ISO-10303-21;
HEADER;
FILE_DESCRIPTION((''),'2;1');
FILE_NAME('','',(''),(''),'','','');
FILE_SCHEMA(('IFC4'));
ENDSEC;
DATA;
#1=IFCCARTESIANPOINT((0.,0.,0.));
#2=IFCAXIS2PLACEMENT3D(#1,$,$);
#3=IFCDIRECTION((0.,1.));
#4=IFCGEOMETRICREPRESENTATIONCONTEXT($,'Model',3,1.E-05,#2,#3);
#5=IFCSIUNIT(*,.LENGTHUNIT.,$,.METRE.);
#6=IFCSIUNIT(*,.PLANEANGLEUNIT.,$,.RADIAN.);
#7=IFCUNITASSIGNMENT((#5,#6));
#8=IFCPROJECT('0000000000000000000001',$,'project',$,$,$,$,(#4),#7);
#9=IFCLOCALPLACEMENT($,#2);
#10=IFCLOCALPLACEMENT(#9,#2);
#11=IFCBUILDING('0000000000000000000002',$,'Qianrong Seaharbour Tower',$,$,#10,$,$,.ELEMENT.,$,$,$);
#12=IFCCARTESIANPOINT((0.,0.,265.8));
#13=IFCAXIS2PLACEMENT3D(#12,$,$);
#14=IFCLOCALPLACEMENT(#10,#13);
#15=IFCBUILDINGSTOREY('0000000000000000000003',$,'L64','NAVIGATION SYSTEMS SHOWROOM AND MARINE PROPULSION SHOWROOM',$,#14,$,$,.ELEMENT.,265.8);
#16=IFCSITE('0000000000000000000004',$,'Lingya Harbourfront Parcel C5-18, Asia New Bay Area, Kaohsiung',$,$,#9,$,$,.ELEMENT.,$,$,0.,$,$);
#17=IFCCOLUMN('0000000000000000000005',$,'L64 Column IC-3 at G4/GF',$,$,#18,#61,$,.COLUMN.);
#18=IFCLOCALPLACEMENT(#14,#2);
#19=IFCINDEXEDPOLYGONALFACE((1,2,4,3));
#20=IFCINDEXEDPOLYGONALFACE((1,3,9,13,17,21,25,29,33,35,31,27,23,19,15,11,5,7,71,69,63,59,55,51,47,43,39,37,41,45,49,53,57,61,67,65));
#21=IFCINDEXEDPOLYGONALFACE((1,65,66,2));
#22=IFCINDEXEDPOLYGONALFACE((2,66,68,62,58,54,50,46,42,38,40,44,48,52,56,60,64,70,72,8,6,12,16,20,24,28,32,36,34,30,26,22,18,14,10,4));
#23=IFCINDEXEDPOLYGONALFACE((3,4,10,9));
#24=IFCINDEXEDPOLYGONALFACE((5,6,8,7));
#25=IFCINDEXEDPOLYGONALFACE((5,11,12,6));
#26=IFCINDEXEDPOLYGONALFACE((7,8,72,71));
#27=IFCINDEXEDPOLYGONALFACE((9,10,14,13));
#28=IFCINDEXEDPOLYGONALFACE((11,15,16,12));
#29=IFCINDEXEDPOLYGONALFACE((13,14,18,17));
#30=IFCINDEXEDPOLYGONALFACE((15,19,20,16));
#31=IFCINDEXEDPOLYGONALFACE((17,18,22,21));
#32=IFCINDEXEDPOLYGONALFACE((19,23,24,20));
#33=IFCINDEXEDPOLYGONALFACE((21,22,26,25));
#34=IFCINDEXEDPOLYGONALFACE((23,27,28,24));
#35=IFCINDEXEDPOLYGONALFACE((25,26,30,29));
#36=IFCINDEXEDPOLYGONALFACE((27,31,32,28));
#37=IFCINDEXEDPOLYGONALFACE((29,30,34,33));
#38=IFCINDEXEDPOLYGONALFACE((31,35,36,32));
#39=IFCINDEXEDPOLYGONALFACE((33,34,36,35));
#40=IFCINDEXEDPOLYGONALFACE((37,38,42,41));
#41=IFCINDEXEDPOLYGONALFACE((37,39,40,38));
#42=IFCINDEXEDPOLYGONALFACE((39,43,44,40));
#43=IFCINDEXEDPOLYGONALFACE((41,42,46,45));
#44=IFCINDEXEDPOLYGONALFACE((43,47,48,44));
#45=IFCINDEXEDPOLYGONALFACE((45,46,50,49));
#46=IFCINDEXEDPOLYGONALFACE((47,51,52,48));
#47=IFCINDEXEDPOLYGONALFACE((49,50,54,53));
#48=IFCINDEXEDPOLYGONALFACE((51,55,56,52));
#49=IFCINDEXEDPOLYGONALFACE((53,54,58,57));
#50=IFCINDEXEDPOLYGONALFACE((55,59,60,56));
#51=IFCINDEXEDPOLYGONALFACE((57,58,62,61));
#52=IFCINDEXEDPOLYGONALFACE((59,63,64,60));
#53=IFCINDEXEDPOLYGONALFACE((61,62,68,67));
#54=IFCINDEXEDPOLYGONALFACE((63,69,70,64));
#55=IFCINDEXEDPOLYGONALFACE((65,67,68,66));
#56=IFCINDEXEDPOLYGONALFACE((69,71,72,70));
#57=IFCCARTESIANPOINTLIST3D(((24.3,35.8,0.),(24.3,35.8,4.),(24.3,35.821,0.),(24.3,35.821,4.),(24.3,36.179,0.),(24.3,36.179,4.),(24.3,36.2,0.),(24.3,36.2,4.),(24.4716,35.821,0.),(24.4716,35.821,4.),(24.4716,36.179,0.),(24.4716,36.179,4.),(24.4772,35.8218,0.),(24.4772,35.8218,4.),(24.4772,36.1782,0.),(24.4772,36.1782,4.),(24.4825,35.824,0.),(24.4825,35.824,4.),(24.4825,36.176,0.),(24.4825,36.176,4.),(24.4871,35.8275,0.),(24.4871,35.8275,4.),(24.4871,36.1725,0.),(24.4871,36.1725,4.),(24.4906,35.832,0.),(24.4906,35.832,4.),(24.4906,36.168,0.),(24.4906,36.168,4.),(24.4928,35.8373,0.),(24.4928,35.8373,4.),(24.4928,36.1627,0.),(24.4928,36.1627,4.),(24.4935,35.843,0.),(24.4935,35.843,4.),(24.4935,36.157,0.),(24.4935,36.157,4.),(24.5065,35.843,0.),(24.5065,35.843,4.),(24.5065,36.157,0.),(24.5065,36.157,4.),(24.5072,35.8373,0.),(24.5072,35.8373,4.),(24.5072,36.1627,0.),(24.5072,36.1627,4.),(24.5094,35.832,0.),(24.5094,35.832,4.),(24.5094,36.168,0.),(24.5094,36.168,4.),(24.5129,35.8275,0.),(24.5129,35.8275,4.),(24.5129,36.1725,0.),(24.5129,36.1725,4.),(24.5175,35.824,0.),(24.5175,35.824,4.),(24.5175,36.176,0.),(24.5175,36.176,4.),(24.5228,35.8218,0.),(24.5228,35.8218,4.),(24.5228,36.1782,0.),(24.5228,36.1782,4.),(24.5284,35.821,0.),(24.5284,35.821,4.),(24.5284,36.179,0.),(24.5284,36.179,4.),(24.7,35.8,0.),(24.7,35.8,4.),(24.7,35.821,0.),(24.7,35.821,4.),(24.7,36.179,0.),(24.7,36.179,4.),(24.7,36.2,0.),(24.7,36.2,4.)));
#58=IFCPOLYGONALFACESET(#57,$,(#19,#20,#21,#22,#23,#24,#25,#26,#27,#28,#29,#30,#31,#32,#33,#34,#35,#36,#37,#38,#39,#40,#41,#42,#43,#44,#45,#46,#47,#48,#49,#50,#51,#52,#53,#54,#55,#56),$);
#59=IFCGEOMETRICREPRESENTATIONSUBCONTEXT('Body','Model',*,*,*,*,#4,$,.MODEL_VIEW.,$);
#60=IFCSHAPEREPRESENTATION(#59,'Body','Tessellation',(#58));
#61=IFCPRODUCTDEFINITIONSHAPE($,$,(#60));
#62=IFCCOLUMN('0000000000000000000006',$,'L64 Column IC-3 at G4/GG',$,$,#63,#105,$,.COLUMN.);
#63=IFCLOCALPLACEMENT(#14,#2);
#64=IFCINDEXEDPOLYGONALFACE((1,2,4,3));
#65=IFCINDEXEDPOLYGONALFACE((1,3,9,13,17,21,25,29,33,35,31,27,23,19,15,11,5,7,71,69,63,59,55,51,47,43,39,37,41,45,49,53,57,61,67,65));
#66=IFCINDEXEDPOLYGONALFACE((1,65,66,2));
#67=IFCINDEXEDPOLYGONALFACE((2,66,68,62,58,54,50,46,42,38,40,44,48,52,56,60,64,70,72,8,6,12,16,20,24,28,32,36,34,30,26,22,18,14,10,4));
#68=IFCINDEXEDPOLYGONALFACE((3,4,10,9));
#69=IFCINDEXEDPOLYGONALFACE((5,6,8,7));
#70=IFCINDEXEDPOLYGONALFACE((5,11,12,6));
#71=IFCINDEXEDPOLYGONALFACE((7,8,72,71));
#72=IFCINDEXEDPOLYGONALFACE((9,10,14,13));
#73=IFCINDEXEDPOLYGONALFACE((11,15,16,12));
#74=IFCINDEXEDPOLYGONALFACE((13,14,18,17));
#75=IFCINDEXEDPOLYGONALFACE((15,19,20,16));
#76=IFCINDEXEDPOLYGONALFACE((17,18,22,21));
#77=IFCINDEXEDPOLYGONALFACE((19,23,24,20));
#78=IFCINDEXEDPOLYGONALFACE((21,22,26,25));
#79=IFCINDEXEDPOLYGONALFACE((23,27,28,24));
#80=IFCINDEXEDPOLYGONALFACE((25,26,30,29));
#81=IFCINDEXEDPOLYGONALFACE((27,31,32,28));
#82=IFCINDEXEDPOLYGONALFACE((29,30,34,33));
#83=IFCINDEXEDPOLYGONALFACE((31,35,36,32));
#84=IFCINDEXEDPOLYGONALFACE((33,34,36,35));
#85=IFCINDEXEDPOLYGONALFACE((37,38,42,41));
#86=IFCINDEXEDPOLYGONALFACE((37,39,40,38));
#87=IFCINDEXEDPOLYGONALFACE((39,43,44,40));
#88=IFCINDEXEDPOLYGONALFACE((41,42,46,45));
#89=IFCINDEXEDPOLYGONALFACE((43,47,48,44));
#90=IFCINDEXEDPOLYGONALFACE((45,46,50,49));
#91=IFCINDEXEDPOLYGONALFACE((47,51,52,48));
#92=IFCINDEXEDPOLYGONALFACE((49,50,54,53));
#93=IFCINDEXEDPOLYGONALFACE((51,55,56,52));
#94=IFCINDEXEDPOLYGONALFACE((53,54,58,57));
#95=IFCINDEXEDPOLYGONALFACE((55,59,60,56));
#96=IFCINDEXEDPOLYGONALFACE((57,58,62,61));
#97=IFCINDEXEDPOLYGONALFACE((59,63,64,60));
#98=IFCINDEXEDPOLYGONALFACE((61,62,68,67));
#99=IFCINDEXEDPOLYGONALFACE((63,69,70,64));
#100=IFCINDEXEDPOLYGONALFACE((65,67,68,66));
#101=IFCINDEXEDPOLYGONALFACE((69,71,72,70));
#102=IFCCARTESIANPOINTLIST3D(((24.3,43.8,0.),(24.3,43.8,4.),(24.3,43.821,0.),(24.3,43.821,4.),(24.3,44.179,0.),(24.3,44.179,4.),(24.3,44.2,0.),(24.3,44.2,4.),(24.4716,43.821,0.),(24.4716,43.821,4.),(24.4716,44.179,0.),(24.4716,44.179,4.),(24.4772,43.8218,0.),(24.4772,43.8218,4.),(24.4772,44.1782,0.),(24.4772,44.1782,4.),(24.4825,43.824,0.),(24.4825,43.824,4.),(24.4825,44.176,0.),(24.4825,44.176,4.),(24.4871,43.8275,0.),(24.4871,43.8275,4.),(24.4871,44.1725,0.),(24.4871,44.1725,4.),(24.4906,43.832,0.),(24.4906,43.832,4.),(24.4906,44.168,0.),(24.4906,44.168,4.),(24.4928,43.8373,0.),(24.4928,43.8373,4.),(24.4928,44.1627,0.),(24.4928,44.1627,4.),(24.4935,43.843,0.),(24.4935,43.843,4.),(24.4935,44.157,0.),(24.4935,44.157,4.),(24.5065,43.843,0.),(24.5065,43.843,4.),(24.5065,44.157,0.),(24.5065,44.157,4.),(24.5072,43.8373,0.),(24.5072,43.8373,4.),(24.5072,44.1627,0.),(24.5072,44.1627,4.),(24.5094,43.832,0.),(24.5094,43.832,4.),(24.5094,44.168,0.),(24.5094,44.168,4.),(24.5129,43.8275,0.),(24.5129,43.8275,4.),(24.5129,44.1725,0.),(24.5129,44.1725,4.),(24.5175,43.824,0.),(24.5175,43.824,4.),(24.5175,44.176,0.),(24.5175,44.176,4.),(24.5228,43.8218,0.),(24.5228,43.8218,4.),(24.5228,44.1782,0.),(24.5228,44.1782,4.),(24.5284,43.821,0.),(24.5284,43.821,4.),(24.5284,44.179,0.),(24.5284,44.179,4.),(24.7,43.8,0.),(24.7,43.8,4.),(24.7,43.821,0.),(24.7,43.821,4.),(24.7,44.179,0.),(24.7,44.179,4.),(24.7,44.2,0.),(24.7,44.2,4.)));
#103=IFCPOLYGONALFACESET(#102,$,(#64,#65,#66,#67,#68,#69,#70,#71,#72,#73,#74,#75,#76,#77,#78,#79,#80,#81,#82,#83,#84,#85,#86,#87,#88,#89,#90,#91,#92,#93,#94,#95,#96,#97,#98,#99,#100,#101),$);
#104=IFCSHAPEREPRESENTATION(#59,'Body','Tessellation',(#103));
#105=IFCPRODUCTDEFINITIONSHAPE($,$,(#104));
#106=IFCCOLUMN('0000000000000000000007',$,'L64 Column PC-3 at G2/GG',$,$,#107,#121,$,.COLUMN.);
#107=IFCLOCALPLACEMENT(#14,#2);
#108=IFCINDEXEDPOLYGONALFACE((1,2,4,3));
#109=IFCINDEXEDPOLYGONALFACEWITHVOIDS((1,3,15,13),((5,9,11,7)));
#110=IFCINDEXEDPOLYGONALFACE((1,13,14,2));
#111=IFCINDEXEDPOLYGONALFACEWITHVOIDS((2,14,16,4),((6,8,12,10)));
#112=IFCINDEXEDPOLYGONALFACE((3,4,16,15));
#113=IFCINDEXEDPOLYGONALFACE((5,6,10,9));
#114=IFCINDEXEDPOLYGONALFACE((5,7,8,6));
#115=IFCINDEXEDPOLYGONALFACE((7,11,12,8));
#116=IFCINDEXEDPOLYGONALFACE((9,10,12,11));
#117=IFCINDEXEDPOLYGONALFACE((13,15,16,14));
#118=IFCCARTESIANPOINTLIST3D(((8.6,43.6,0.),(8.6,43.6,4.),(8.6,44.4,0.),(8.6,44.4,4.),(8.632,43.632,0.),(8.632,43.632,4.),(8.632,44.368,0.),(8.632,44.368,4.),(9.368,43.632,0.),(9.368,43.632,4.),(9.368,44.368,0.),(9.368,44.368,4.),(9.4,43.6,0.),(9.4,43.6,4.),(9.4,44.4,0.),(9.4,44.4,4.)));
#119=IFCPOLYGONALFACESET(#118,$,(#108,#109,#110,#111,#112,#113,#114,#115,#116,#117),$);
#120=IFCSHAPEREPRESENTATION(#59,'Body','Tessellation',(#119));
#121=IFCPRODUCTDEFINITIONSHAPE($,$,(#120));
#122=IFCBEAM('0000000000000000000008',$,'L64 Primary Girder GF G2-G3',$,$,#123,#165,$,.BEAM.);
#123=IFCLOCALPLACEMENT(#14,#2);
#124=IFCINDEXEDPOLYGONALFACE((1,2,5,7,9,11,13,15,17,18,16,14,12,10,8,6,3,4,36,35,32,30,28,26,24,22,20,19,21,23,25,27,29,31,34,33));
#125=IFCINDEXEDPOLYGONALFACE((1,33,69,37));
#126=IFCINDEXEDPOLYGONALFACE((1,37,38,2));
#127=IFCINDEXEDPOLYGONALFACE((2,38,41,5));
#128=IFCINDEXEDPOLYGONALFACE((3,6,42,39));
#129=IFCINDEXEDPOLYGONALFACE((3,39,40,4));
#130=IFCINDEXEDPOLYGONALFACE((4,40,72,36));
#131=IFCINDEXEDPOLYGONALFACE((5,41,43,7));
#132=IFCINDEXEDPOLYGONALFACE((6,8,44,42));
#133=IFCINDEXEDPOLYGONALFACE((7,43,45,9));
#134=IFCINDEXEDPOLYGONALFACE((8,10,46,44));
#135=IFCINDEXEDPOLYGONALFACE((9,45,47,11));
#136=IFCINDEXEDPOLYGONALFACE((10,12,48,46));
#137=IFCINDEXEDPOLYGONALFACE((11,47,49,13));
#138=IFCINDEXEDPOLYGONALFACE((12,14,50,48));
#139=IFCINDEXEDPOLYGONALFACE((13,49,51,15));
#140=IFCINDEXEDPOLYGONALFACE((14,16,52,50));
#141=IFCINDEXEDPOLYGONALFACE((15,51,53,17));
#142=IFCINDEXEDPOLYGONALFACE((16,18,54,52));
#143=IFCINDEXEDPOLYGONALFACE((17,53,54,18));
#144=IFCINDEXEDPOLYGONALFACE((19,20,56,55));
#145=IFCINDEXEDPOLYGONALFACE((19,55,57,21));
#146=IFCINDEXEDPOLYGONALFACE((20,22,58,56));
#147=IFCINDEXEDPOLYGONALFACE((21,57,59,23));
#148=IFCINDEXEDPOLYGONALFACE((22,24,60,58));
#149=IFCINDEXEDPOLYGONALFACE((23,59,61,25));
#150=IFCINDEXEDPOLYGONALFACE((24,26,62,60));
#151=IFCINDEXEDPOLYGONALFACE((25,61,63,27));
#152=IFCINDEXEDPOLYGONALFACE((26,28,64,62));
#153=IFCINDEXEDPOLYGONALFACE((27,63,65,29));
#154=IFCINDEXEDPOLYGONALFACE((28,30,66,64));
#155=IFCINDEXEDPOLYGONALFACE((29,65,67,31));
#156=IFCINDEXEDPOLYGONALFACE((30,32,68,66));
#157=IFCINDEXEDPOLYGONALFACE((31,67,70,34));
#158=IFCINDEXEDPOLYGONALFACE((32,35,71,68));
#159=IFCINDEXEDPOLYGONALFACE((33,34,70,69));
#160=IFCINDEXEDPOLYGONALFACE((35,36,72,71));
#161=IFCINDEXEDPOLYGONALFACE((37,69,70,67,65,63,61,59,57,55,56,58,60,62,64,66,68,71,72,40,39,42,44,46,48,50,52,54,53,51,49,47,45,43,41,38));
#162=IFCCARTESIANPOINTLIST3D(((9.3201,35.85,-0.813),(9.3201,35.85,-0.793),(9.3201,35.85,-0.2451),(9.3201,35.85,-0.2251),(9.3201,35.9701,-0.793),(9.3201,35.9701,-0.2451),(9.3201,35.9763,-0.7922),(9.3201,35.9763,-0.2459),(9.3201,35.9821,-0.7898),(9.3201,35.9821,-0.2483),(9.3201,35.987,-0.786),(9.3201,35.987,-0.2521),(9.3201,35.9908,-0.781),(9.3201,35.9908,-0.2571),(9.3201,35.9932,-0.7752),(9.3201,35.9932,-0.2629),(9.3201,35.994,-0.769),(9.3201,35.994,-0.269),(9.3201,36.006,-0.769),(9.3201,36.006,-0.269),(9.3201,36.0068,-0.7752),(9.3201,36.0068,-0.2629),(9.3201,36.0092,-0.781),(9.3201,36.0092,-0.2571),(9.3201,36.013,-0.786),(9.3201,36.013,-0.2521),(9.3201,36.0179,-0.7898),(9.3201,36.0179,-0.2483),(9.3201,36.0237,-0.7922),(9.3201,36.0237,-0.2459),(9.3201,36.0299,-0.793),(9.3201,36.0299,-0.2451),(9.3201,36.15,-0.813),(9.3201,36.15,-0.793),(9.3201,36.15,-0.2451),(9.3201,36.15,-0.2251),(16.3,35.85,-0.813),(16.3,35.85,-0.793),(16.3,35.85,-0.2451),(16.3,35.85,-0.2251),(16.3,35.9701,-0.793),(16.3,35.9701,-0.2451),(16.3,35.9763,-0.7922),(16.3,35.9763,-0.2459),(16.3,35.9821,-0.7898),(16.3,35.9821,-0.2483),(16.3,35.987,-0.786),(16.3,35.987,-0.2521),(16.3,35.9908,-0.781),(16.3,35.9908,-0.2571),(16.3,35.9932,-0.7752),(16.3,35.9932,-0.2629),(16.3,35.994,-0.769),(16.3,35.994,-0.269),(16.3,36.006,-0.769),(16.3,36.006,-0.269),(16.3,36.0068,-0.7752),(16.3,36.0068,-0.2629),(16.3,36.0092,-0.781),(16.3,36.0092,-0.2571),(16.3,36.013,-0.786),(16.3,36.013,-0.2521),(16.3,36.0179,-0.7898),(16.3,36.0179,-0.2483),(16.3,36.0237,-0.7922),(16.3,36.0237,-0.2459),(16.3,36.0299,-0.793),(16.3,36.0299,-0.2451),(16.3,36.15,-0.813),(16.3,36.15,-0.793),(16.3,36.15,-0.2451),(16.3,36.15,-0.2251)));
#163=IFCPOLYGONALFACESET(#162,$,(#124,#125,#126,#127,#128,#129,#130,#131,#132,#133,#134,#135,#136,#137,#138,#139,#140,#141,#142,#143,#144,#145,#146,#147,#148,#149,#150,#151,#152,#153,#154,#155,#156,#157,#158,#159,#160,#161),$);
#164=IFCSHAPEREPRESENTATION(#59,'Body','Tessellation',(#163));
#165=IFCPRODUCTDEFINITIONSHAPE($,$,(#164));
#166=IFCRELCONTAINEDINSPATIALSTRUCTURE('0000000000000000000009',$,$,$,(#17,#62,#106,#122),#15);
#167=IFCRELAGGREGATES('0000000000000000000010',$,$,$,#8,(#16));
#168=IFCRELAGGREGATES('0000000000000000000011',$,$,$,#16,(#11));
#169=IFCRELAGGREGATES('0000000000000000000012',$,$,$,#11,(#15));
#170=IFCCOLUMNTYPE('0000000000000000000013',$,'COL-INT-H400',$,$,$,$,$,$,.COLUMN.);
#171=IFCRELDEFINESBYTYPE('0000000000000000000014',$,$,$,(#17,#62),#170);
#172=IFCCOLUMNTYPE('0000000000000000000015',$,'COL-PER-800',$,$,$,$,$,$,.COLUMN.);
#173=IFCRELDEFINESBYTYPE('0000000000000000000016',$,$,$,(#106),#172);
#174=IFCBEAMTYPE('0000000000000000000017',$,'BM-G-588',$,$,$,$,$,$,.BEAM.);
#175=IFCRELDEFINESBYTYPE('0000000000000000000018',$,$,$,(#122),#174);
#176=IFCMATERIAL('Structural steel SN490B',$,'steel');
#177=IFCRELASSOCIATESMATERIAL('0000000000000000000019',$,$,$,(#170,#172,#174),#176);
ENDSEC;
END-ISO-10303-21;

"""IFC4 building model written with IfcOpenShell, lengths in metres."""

from ifc_helpers import new_model, si_unit, direction, frame, origin, origin_2d, place, context, subcontext, project, spatial, hollow_rectangle, i_section, extrude, material, material_profile, profile_set, type_object, element, save


model = new_model("IFC4")

# Units and contexts
model_context = context("Model", 3, precision=1e-05, world=origin(), true_north=direction((0.0, 1.0)))
body_context = subcontext(model_context, "Body", "Model", "MODEL_VIEW")
ifc_project = project(units=[si_unit("LENGTHUNIT", "METRE"), si_unit("PLANEANGLEUNIT", "RADIAN")], contexts=[model_context])

# Site, building, storey
site_placement = place(None, origin())
site = spatial("IfcSite", under=ifc_project, at=site_placement, Name="Lingya Harbourfront Parcel C5-18, Asia New Bay Area, Kaohsiung", CompositionType="ELEMENT", RefElevation=0.0)
building_placement = place(site_placement, origin())
building = spatial("IfcBuilding", under=site, at=building_placement, Name="Qianrong Seaharbour Tower", CompositionType="ELEMENT")
storey_placement = place(building_placement, frame((0.0, 0.0, 265.8)))
storey = spatial("IfcBuildingStorey", under=building, at=storey_placement, Name="L64", Description="NAVIGATION SYSTEMS SHOWROOM AND MARINE PROPULSION SHOWROOM", CompositionType="ELEMENT", Elevation=265.8)

# Columns
ifc_material_1 = material(Name="Structural steel SN490B", Category="steel")
ifc_material_profile_1 = material_profile(ifc_material_1, i_section(OverallWidth=0.3999, OverallDepth=0.3999, WebThickness=0.0129, FlangeThickness=0.021, FilletRadius=0.022, at=origin_2d()), Name="H400x400x13x21")
ifc_profile_set_1 = profile_set([ifc_material_profile_1], Name="Structural steel SN490B")
column_type_1 = type_object("IfcColumnType", Name="COL-INT-H400", PredefinedType="COLUMN", material=ifc_profile_set_1)
for number, where, z_axis, x_axis, name in (
    (1, (24.5, 36.0, 0.0), (0.0, 0.0, 1.0), (1.0, 0.0, 0.0), "L64 Column IC-3 at G4/GF"),
    (2, (24.5, 44.0, 0.0), (0.0, 0.0, 1.0), (1.0, 0.0, 0.0), "L64 Column IC-3 at G4/GG"),
):
    element("IfcColumn", number, at=place(storey_placement, frame(where, z_axis=z_axis, x_axis=x_axis)), inside=storey, type_object=column_type_1, Name=name, PredefinedType="COLUMN", context=body_context, shape_type="SweptSolid", body=[
        extrude(i_section(OverallWidth=0.3999, OverallDepth=0.3999, WebThickness=0.0129, FlangeThickness=0.021, FilletRadius=0.022, at=origin_2d()), origin(), (0.0, 0.0, 1.0), 4.0),
    ])
ifc_material_profile_2 = material_profile(ifc_material_1, hollow_rectangle(XDim=0.8, YDim=0.8, WallThickness=0.032, at=origin_2d()), Name="BOX800x800x32")
ifc_profile_set_2 = profile_set([ifc_material_profile_2], Name="Structural steel SN490B")
column_type_2 = type_object("IfcColumnType", Name="COL-PER-800", PredefinedType="COLUMN", material=ifc_profile_set_2)
column_1_placement = place(storey_placement, frame((9.0, 44.0, 0.0), z_axis=(0.0, 0.0, 1.0), x_axis=(1.0, 0.0, 0.0)))
element("IfcColumn", 3, at=column_1_placement, inside=storey, type_object=column_type_2, Name="L64 Column PC-3 at G2/GG", PredefinedType="COLUMN", context=body_context, shape_type="SweptSolid", body=[
    extrude(hollow_rectangle(XDim=0.8, YDim=0.8, WallThickness=0.032, at=origin_2d()), origin(), (0.0, 0.0, 1.0), 4.0),
])

# Beam
ifc_material_profile_3 = material_profile(ifc_material_1, i_section(OverallWidth=0.3, OverallDepth=0.5879, WebThickness=0.012, FlangeThickness=0.02, FilletRadius=0.0239, at=origin_2d()), Name="H588x300x12x20")
ifc_profile_set_3 = profile_set([ifc_material_profile_3], Name="Structural steel SN490B")
beam_type_1 = type_object("IfcBeamType", Name="BM-G-588", PredefinedType="BEAM", material=ifc_profile_set_3)
beam_1_placement = place(storey_placement, frame((9.3201, 36.0, -0.519), z_axis=(1.0, 0.0, 0.0), x_axis=(0.0, 1.0, 0.0)))
element("IfcBeam", 4, at=beam_1_placement, inside=storey, type_object=beam_type_1, Name="L64 Primary Girder GF G2-G3", PredefinedType="BEAM", context=body_context, shape_type="SweptSolid", body=[
    extrude(i_section(OverallWidth=0.3, OverallDepth=0.5879, WebThickness=0.012, FlangeThickness=0.02, FilletRadius=0.0239, at=origin_2d()), origin(), (0.0, 0.0, 1.0), 6.98),
])

save(model, "model.ifc")
